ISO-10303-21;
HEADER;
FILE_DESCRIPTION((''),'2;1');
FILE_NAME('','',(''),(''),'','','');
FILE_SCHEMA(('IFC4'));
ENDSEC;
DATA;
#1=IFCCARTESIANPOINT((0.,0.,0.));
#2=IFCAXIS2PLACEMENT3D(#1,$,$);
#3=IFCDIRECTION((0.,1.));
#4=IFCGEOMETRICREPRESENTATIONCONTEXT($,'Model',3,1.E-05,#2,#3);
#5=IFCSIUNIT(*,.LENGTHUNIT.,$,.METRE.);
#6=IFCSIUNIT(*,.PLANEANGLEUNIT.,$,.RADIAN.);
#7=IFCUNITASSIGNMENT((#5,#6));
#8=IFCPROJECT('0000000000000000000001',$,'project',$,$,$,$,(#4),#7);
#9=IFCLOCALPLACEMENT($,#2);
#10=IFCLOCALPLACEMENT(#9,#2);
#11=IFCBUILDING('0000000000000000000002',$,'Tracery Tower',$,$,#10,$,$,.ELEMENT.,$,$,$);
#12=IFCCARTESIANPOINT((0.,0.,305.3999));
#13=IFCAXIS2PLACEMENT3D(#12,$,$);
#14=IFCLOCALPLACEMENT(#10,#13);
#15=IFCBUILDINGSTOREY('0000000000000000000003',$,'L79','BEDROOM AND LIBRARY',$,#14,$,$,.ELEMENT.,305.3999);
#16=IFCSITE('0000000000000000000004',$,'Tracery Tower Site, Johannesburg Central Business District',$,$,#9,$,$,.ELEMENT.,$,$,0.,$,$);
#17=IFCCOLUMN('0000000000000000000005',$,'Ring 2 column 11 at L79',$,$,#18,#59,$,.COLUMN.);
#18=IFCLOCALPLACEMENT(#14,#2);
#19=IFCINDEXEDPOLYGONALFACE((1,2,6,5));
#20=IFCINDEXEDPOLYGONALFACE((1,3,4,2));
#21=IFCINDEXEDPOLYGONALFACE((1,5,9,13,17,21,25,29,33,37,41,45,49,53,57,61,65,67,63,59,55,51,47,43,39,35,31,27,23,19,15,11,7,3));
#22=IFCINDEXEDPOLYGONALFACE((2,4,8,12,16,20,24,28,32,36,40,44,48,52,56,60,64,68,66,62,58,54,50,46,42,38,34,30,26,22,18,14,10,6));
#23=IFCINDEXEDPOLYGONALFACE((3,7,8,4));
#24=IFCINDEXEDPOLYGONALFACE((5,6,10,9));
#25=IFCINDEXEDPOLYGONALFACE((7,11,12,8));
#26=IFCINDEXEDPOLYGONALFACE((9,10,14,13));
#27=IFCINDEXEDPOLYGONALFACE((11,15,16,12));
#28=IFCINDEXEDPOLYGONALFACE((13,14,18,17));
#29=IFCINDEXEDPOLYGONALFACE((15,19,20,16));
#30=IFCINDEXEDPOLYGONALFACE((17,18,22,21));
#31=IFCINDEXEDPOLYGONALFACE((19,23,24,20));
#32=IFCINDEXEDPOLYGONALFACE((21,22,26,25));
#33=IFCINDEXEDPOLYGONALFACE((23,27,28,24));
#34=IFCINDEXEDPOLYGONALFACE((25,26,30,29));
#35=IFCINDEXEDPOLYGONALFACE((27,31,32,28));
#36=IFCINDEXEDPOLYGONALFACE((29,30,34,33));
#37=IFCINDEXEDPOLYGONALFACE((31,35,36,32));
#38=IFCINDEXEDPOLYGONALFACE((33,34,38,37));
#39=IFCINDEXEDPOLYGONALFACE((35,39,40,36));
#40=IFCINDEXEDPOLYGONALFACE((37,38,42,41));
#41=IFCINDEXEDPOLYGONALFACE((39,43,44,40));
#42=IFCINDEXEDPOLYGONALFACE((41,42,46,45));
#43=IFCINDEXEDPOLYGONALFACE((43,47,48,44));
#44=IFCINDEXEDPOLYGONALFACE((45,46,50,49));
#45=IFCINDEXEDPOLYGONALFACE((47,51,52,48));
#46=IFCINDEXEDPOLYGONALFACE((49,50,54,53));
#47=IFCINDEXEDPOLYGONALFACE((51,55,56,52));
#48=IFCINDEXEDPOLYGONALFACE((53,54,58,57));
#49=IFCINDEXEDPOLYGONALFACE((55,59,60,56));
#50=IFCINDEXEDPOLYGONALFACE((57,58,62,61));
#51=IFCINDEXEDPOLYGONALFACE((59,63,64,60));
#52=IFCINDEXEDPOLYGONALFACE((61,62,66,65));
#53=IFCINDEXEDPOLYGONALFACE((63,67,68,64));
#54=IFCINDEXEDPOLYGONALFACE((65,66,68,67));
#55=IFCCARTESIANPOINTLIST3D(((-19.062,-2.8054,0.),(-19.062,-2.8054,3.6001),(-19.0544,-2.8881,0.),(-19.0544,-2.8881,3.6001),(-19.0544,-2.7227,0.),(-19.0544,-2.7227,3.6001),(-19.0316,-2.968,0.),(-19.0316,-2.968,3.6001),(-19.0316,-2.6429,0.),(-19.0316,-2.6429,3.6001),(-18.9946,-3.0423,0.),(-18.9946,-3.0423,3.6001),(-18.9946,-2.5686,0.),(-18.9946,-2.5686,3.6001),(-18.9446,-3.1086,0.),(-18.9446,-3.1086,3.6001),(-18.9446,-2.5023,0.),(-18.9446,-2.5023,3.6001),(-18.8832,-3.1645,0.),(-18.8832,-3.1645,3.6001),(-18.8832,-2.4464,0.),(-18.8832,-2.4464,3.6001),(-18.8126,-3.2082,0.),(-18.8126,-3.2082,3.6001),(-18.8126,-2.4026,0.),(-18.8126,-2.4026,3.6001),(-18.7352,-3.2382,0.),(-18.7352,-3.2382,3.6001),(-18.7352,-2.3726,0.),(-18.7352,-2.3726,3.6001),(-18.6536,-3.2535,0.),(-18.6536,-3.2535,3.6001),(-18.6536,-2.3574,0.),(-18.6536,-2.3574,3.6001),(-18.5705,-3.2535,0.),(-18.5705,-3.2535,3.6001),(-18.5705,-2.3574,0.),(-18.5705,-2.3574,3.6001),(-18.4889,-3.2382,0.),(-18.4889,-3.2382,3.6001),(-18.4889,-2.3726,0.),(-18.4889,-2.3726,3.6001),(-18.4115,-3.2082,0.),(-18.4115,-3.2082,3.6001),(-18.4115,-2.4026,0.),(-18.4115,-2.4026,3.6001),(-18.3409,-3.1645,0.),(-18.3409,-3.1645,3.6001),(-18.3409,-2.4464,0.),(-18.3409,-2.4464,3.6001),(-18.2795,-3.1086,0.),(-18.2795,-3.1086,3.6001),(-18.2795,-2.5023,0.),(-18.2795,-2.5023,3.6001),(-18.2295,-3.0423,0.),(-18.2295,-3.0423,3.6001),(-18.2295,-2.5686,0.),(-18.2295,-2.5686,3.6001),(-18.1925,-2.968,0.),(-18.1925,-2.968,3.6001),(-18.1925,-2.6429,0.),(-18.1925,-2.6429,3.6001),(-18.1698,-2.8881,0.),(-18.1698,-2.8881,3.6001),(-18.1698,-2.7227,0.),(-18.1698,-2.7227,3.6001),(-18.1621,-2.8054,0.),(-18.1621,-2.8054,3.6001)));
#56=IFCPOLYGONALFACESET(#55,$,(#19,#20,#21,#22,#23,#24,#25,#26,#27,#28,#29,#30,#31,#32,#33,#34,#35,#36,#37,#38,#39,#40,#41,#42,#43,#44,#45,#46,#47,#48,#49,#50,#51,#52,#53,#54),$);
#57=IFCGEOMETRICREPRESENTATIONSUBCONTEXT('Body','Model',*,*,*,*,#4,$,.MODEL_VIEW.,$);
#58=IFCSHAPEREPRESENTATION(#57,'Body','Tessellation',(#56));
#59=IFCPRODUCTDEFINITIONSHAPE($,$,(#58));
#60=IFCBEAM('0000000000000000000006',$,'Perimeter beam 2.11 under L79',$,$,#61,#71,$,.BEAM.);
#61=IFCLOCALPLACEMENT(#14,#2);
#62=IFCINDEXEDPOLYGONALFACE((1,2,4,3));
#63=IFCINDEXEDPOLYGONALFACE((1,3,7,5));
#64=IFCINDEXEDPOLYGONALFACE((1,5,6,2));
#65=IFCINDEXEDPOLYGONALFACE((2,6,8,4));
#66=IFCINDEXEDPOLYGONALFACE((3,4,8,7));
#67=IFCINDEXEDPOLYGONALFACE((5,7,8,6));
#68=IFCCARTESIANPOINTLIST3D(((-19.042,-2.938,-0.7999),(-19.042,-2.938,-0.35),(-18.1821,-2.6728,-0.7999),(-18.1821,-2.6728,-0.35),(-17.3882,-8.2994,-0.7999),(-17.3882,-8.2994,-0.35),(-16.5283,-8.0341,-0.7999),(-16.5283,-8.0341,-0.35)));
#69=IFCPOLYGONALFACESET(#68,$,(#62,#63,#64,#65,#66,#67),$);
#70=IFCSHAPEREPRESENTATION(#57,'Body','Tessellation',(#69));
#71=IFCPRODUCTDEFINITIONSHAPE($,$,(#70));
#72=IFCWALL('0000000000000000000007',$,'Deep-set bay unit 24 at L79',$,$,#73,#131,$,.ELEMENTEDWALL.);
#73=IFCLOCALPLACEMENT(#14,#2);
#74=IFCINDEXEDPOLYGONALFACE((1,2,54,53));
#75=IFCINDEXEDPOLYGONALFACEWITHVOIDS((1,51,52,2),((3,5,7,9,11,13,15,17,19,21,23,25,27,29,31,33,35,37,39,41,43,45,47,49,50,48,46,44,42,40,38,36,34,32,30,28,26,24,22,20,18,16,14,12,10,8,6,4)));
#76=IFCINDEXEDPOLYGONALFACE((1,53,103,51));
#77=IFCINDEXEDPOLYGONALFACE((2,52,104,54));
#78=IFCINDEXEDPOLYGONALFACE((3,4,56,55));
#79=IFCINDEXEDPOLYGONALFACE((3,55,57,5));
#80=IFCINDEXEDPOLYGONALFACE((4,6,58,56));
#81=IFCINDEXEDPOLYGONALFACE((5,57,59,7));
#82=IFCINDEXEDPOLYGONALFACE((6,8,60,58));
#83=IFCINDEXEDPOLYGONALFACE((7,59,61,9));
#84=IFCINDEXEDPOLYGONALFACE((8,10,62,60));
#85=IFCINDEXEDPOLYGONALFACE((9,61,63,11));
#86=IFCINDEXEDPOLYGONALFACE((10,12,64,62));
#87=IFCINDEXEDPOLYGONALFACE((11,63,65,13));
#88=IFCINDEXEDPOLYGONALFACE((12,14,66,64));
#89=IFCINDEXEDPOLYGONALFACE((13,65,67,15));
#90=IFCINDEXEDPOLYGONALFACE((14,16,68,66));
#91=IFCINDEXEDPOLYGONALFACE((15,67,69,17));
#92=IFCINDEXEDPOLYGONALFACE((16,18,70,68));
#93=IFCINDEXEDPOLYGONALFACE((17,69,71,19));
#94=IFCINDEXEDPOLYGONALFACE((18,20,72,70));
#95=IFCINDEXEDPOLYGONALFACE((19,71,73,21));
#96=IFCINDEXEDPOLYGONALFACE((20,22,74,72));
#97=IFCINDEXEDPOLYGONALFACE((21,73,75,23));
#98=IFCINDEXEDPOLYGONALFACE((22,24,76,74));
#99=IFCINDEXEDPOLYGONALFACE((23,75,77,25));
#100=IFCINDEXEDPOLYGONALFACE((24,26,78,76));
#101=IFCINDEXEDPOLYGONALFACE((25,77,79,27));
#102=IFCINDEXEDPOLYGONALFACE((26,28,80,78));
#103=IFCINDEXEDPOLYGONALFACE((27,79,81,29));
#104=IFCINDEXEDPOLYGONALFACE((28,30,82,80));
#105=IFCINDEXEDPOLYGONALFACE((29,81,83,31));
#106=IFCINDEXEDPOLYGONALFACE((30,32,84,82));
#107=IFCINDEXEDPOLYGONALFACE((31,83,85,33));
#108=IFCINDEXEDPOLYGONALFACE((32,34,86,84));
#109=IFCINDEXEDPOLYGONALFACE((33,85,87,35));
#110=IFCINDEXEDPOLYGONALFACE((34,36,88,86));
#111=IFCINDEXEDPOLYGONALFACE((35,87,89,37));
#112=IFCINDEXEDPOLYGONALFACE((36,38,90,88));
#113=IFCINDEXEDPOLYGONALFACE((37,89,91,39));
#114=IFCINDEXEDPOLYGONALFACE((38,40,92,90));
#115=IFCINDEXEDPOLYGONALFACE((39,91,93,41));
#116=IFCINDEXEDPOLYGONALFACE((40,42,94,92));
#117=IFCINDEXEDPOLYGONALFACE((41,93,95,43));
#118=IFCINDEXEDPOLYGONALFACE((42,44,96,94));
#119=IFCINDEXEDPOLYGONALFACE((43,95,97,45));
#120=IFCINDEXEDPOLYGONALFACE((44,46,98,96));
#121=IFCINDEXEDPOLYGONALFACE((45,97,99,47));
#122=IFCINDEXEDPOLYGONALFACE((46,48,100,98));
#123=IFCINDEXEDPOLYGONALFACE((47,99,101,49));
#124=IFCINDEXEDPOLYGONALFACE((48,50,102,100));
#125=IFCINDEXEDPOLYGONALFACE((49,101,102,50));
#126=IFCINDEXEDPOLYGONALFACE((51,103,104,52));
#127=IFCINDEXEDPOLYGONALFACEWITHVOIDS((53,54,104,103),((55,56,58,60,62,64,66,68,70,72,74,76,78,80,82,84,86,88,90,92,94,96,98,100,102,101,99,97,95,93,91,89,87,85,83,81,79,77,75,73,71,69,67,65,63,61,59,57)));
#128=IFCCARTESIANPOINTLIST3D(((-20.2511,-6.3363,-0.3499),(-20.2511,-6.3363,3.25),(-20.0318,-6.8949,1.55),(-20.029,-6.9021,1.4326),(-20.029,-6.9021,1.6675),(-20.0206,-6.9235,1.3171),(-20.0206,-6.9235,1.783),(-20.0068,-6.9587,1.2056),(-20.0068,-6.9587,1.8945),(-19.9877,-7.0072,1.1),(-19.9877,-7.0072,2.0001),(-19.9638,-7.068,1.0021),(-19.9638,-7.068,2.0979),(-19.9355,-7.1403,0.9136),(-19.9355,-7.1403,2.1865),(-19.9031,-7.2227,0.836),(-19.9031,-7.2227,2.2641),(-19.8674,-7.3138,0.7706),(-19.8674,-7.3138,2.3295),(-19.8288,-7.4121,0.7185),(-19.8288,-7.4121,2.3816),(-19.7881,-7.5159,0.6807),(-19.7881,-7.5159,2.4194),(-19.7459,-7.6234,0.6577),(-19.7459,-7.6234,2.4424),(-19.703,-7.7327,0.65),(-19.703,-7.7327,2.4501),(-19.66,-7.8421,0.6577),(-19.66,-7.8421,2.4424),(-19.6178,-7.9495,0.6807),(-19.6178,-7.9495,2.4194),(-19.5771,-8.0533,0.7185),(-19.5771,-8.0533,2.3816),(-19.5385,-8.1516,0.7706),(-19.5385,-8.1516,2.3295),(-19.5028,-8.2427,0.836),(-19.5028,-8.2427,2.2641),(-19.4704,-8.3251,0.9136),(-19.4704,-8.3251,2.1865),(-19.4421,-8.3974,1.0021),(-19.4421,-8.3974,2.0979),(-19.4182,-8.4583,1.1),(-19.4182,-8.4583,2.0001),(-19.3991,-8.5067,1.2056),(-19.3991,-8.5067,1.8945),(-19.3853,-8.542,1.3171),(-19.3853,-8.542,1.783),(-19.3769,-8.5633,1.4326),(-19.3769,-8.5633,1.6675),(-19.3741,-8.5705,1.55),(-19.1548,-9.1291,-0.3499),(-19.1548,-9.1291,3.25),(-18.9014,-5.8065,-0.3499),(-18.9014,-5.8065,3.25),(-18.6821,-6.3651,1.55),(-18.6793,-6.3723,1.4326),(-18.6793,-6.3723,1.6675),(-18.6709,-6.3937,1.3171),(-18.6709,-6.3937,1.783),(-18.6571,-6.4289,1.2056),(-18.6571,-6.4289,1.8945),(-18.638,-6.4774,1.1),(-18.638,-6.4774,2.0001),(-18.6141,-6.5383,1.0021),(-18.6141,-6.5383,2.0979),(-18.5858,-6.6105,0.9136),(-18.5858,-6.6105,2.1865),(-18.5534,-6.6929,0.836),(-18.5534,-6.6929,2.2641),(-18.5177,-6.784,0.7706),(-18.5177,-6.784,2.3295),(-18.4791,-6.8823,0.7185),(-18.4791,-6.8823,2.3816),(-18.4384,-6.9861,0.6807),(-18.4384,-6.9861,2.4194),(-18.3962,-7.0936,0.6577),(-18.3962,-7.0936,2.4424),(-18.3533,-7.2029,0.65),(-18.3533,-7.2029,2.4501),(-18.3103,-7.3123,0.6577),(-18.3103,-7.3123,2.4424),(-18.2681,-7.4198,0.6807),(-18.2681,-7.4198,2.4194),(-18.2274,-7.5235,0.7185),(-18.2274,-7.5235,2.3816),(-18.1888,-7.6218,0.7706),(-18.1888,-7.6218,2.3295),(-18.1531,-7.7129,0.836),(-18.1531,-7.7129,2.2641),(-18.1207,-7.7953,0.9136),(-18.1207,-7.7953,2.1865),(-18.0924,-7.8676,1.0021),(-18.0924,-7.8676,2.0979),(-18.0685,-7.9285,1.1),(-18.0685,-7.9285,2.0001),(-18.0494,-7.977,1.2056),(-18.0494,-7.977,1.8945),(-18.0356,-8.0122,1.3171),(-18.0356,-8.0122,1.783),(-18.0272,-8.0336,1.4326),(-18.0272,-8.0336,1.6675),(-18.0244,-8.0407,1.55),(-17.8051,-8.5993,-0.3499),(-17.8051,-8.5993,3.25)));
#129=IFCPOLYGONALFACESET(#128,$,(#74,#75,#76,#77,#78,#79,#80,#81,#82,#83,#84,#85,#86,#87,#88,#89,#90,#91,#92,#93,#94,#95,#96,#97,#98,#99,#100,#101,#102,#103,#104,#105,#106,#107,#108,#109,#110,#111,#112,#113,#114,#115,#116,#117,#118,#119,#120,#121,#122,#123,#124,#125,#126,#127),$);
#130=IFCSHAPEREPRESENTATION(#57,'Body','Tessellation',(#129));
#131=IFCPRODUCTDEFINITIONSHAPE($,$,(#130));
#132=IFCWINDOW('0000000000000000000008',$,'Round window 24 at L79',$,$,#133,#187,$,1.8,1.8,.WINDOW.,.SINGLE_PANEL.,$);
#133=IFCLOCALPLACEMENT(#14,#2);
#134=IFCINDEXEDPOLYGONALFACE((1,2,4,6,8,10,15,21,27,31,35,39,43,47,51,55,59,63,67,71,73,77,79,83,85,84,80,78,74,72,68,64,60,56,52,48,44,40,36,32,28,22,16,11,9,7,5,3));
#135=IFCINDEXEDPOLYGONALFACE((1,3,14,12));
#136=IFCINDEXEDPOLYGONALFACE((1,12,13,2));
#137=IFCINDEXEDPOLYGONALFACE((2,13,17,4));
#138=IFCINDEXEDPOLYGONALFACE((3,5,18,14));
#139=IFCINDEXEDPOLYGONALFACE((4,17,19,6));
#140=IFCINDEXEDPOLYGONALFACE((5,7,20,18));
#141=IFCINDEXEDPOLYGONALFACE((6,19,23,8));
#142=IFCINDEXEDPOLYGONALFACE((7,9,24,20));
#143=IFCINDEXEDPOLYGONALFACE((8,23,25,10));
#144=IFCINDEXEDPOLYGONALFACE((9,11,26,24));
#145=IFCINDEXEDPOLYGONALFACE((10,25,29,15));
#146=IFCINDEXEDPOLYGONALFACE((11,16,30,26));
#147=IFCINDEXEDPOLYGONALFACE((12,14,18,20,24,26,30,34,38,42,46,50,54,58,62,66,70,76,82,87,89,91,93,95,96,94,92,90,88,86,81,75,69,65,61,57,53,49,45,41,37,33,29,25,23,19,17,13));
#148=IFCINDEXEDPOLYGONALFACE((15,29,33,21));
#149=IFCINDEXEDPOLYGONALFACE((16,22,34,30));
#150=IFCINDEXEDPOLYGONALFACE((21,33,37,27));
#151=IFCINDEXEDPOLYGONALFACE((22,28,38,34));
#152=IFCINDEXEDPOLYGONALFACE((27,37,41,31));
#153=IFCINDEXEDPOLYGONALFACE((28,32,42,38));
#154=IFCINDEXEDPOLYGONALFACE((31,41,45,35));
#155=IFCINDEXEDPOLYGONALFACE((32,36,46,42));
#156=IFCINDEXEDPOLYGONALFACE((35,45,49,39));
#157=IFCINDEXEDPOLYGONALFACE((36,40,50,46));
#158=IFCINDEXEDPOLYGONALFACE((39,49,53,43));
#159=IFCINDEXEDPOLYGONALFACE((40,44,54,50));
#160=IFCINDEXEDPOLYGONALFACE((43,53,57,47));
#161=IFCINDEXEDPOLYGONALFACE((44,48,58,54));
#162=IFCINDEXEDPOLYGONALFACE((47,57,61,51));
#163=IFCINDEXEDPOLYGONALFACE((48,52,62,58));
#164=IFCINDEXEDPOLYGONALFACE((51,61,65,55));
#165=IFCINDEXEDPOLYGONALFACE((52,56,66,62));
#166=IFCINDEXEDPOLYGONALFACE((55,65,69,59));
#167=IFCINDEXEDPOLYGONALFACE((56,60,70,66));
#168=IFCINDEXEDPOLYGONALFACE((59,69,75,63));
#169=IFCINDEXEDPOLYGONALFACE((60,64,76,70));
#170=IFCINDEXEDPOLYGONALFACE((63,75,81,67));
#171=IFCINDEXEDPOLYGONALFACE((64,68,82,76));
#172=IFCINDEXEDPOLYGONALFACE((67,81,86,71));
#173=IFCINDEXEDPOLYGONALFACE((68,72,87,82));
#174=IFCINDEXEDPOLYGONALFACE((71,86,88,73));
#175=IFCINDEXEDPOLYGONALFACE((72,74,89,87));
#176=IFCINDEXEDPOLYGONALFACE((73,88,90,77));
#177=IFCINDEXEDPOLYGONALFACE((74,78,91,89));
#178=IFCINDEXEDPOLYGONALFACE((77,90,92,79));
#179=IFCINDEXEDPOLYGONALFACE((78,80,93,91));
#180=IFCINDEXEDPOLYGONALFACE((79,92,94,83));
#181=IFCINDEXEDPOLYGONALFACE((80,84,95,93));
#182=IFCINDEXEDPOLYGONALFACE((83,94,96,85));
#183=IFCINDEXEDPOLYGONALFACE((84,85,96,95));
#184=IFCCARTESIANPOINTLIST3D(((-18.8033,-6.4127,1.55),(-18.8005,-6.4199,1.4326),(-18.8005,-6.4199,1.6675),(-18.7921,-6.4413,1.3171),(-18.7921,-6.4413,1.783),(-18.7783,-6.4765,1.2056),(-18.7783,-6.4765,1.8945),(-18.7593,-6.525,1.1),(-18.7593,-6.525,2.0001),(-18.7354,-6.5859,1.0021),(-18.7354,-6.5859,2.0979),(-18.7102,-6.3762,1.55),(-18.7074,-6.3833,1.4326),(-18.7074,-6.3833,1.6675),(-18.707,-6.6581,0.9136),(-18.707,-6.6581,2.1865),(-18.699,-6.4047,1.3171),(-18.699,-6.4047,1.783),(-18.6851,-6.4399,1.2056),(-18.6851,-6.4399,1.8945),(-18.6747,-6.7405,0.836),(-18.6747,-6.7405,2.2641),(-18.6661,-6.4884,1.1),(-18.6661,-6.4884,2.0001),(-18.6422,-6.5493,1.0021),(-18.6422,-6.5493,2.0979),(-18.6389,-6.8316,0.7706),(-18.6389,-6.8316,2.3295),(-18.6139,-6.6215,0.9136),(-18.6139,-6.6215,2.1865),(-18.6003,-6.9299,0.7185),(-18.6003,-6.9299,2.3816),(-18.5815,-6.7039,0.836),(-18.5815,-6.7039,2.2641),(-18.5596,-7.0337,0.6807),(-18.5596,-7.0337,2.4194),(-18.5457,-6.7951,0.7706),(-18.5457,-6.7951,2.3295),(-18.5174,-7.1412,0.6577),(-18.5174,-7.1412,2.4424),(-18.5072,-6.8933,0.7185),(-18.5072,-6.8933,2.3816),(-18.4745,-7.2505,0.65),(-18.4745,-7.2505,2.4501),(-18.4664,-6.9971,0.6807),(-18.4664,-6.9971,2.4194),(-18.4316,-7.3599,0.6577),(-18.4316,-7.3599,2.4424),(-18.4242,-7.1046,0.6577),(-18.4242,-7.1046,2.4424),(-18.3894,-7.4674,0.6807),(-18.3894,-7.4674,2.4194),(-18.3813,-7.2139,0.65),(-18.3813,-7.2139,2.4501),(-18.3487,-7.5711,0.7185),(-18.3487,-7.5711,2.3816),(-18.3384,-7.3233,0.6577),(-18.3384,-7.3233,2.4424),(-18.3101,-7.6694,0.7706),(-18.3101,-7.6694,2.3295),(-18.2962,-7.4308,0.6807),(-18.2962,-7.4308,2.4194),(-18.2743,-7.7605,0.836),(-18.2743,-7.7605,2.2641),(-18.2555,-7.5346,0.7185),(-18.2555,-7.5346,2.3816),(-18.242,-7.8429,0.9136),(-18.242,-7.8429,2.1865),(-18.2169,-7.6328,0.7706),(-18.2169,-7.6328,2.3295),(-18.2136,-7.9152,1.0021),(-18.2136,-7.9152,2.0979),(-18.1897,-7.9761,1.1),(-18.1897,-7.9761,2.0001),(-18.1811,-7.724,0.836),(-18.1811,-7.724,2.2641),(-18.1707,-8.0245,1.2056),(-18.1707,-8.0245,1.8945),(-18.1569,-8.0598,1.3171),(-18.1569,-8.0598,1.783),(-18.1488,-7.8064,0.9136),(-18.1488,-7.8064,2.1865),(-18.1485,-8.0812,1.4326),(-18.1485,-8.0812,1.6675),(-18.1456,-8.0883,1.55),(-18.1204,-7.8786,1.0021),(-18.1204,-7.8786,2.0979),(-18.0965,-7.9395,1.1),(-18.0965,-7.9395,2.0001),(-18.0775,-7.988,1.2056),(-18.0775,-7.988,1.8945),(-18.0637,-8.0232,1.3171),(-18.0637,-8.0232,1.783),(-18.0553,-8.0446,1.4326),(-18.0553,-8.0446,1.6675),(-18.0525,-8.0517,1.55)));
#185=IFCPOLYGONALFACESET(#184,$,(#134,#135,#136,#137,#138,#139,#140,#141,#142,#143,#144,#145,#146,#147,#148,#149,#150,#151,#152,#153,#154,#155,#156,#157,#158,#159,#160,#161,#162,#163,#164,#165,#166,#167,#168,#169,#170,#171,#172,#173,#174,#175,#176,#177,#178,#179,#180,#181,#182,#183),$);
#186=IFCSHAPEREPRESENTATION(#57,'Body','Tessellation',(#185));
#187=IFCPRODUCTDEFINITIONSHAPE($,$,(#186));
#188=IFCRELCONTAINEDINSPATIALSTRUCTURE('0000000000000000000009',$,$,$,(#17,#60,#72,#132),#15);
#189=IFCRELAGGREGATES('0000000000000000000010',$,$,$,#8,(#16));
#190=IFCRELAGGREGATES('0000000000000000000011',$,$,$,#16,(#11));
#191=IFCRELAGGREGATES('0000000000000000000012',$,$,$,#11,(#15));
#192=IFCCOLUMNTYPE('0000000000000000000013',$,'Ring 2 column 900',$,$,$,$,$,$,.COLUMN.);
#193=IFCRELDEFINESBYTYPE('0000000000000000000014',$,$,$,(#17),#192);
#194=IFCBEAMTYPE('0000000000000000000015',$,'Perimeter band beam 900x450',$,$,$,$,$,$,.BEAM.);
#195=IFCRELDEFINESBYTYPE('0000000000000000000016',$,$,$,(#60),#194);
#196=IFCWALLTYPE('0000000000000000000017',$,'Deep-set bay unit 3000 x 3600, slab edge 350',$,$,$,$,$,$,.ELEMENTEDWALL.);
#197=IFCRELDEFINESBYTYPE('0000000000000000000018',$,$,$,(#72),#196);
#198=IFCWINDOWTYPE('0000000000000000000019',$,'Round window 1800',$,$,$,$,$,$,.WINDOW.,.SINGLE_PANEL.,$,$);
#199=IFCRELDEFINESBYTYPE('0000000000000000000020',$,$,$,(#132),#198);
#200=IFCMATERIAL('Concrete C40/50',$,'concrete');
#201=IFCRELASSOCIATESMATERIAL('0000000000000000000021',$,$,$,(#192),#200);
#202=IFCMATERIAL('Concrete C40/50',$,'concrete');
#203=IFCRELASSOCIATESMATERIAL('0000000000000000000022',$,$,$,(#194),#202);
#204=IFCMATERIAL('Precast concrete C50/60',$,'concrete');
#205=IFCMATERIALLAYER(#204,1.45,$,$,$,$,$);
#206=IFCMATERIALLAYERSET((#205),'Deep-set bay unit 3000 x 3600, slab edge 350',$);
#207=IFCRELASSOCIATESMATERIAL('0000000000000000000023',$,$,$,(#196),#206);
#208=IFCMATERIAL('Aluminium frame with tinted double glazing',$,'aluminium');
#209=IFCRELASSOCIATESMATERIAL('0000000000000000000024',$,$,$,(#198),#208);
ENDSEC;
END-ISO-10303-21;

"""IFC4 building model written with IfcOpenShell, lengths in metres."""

from ifc_helpers import new_model, si_unit, direction, frame, frame_2d, origin, origin_2d, place, context, subcontext, project, spatial, rectangle, circle, extrude, material, layer, layer_set, material_profile, profile_set, type_object, element, fill, save


model = new_model("IFC4")

# Units and contexts
model_context = context("Model", 3, precision=1e-05, world=origin(), true_north=direction((0.0, 1.0)))
body_context = subcontext(model_context, "Body", "Model", "MODEL_VIEW")
ifc_project = project(units=[si_unit("LENGTHUNIT", "METRE"), si_unit("PLANEANGLEUNIT", "RADIAN")], contexts=[model_context])

# Site, building, storey
site_placement = place(None, origin())
site = spatial("IfcSite", under=ifc_project, at=site_placement, Name="Tracery Tower Site, Johannesburg Central Business District", CompositionType="ELEMENT", RefElevation=0.0)
building_placement = place(site_placement, origin())
building = spatial("IfcBuilding", under=site, at=building_placement, Name="Tracery Tower", CompositionType="ELEMENT")
storey_placement = place(building_placement, frame((0.0, 0.0, 305.3999)))
storey = spatial("IfcBuildingStorey", under=building, at=storey_placement, Name="L79", Description="BEDROOM AND LIBRARY", CompositionType="ELEMENT", Elevation=305.3999)

# Column
ifc_material_1 = material(Name="Concrete C40/50", Category="concrete")
ifc_material_profile_1 = material_profile(ifc_material_1, circle(Radius=0.45, at=origin_2d()), Name="RC D900")
ifc_profile_set_1 = profile_set([ifc_material_profile_1], Name="Concrete C40/50")
column_type = type_object("IfcColumnType", Name="Ring 2 column 900", PredefinedType="COLUMN", material=ifc_profile_set_1)
column_placement = place(storey_placement, frame((-18.6121, -2.8054, 0.0), z_axis=(0.0, 0.0, 1.0), x_axis=(1.0, 0.0, 0.0)))
element("IfcColumn", 1, at=column_placement, inside=storey, type_object=column_type, Name="Ring 2 column 11 at L79", PredefinedType="COLUMN", context=body_context, shape_type="SweptSolid", body=[
    extrude(circle(Radius=0.45, at=origin_2d()), origin(), (0.0, 0.0, 1.0), 3.6001),
])

# Beam
ifc_material_2 = material(Name="Concrete C40/50", Category="concrete")
ifc_material_profile_2 = material_profile(ifc_material_2, rectangle(XDim=0.8999, YDim=0.45, at=origin_2d()), Name="RC 900x450")
ifc_profile_set_2 = profile_set([ifc_material_profile_2], Name="Concrete C40/50")
beam_type = type_object("IfcBeamType", Name="Perimeter band beam 900x450", PredefinedType="BEAM", material=ifc_profile_set_2)
beam_placement = place(storey_placement, frame((-18.6121, -2.8054, -0.575), z_axis=(0.294765, -0.95557, 0.0), x_axis=(0.95557, 0.294765, 0.0)))
element("IfcBeam", 2, at=beam_placement, inside=storey, type_object=beam_type, Name="Perimeter beam 2.11 under L79", PredefinedType="BEAM", context=body_context, shape_type="SweptSolid", body=[
    extrude(rectangle(XDim=0.8999, YDim=0.45, at=origin_2d()), origin(), (0.0, 0.0, 1.0), 5.6106),
])

# Wall, opening, window
ifc_material_3 = material(Name="Precast concrete C50/60", Category="concrete")
ifc_layer_1 = layer(ifc_material_3, 1.45)
ifc_layer_set_1 = layer_set([ifc_layer_1], Name="Deep-set bay unit 3000 x 3600, slab edge 350")
wall_type_1 = type_object("IfcWallType", Name="Deep-set bay unit 3000 x 3600, slab edge 350", PredefinedType="ELEMENTEDWALL", material=ifc_layer_set_1)
wall_1_placement = place(storey_placement, frame((-19.5762, -6.0715, -0.3499), z_axis=(0.0, 0.0, 1.0), x_axis=(0.365378, -0.930859, 0.0)))
wall_1 = element("IfcWall", 3, at=wall_1_placement, inside=storey, type_object=wall_type_1, Name="Deep-set bay unit 24 at L79", PredefinedType="ELEMENTEDWALL", context=body_context, shape_type="SweptSolid", body=[
    extrude(rectangle(XDim=3.0002, YDim=1.45, at=frame_2d((1.5, 0.0))), origin(), (0.0, 0.0, 1.0), 3.5999),
])
opening_1_placement = place(wall_1_placement, frame((1.5, 0.0, 1.8999)))
opening_1 = element("IfcOpeningElement", 4, at=opening_1_placement, cuts=wall_1, PredefinedType="OPENING", context=body_context, shape_type="SweptSolid", body=[
    extrude(circle(Radius=0.9, at=origin_2d()), frame((0.0, 0.7349, 0.0), z_axis=(0.0, -1.0, 0.0), x_axis=(1.0, 0.0, 0.0)), (0.0, 0.0, 1.0), 1.47),
])
ifc_material_4 = material(Name="Aluminium frame with tinted double glazing", Category="aluminium")
window_type = type_object("IfcWindowType", Name="Round window 1800", PartitioningType="SINGLE_PANEL", PredefinedType="WINDOW", material=ifc_material_4)
window_1_placement = place(opening_1_placement, origin())
window_1 = element("IfcWindow", 5, at=window_1_placement, inside=storey, type_object=window_type, Name="Round window 24 at L79", OverallHeight=1.8, OverallWidth=1.8, PartitioningType="SINGLE_PANEL", PredefinedType="WINDOW", context=body_context, shape_type="SweptSolid", body=[
    extrude(circle(Radius=0.9, at=origin_2d()), frame((0.0, 0.6948, 0.0), z_axis=(0.0, -1.0, 0.0), x_axis=(1.0, 0.0, 0.0)), (0.0, 0.0, 1.0), 0.1001),
])
fill(opening_1, window_1)

save(model, "model.ifc")
